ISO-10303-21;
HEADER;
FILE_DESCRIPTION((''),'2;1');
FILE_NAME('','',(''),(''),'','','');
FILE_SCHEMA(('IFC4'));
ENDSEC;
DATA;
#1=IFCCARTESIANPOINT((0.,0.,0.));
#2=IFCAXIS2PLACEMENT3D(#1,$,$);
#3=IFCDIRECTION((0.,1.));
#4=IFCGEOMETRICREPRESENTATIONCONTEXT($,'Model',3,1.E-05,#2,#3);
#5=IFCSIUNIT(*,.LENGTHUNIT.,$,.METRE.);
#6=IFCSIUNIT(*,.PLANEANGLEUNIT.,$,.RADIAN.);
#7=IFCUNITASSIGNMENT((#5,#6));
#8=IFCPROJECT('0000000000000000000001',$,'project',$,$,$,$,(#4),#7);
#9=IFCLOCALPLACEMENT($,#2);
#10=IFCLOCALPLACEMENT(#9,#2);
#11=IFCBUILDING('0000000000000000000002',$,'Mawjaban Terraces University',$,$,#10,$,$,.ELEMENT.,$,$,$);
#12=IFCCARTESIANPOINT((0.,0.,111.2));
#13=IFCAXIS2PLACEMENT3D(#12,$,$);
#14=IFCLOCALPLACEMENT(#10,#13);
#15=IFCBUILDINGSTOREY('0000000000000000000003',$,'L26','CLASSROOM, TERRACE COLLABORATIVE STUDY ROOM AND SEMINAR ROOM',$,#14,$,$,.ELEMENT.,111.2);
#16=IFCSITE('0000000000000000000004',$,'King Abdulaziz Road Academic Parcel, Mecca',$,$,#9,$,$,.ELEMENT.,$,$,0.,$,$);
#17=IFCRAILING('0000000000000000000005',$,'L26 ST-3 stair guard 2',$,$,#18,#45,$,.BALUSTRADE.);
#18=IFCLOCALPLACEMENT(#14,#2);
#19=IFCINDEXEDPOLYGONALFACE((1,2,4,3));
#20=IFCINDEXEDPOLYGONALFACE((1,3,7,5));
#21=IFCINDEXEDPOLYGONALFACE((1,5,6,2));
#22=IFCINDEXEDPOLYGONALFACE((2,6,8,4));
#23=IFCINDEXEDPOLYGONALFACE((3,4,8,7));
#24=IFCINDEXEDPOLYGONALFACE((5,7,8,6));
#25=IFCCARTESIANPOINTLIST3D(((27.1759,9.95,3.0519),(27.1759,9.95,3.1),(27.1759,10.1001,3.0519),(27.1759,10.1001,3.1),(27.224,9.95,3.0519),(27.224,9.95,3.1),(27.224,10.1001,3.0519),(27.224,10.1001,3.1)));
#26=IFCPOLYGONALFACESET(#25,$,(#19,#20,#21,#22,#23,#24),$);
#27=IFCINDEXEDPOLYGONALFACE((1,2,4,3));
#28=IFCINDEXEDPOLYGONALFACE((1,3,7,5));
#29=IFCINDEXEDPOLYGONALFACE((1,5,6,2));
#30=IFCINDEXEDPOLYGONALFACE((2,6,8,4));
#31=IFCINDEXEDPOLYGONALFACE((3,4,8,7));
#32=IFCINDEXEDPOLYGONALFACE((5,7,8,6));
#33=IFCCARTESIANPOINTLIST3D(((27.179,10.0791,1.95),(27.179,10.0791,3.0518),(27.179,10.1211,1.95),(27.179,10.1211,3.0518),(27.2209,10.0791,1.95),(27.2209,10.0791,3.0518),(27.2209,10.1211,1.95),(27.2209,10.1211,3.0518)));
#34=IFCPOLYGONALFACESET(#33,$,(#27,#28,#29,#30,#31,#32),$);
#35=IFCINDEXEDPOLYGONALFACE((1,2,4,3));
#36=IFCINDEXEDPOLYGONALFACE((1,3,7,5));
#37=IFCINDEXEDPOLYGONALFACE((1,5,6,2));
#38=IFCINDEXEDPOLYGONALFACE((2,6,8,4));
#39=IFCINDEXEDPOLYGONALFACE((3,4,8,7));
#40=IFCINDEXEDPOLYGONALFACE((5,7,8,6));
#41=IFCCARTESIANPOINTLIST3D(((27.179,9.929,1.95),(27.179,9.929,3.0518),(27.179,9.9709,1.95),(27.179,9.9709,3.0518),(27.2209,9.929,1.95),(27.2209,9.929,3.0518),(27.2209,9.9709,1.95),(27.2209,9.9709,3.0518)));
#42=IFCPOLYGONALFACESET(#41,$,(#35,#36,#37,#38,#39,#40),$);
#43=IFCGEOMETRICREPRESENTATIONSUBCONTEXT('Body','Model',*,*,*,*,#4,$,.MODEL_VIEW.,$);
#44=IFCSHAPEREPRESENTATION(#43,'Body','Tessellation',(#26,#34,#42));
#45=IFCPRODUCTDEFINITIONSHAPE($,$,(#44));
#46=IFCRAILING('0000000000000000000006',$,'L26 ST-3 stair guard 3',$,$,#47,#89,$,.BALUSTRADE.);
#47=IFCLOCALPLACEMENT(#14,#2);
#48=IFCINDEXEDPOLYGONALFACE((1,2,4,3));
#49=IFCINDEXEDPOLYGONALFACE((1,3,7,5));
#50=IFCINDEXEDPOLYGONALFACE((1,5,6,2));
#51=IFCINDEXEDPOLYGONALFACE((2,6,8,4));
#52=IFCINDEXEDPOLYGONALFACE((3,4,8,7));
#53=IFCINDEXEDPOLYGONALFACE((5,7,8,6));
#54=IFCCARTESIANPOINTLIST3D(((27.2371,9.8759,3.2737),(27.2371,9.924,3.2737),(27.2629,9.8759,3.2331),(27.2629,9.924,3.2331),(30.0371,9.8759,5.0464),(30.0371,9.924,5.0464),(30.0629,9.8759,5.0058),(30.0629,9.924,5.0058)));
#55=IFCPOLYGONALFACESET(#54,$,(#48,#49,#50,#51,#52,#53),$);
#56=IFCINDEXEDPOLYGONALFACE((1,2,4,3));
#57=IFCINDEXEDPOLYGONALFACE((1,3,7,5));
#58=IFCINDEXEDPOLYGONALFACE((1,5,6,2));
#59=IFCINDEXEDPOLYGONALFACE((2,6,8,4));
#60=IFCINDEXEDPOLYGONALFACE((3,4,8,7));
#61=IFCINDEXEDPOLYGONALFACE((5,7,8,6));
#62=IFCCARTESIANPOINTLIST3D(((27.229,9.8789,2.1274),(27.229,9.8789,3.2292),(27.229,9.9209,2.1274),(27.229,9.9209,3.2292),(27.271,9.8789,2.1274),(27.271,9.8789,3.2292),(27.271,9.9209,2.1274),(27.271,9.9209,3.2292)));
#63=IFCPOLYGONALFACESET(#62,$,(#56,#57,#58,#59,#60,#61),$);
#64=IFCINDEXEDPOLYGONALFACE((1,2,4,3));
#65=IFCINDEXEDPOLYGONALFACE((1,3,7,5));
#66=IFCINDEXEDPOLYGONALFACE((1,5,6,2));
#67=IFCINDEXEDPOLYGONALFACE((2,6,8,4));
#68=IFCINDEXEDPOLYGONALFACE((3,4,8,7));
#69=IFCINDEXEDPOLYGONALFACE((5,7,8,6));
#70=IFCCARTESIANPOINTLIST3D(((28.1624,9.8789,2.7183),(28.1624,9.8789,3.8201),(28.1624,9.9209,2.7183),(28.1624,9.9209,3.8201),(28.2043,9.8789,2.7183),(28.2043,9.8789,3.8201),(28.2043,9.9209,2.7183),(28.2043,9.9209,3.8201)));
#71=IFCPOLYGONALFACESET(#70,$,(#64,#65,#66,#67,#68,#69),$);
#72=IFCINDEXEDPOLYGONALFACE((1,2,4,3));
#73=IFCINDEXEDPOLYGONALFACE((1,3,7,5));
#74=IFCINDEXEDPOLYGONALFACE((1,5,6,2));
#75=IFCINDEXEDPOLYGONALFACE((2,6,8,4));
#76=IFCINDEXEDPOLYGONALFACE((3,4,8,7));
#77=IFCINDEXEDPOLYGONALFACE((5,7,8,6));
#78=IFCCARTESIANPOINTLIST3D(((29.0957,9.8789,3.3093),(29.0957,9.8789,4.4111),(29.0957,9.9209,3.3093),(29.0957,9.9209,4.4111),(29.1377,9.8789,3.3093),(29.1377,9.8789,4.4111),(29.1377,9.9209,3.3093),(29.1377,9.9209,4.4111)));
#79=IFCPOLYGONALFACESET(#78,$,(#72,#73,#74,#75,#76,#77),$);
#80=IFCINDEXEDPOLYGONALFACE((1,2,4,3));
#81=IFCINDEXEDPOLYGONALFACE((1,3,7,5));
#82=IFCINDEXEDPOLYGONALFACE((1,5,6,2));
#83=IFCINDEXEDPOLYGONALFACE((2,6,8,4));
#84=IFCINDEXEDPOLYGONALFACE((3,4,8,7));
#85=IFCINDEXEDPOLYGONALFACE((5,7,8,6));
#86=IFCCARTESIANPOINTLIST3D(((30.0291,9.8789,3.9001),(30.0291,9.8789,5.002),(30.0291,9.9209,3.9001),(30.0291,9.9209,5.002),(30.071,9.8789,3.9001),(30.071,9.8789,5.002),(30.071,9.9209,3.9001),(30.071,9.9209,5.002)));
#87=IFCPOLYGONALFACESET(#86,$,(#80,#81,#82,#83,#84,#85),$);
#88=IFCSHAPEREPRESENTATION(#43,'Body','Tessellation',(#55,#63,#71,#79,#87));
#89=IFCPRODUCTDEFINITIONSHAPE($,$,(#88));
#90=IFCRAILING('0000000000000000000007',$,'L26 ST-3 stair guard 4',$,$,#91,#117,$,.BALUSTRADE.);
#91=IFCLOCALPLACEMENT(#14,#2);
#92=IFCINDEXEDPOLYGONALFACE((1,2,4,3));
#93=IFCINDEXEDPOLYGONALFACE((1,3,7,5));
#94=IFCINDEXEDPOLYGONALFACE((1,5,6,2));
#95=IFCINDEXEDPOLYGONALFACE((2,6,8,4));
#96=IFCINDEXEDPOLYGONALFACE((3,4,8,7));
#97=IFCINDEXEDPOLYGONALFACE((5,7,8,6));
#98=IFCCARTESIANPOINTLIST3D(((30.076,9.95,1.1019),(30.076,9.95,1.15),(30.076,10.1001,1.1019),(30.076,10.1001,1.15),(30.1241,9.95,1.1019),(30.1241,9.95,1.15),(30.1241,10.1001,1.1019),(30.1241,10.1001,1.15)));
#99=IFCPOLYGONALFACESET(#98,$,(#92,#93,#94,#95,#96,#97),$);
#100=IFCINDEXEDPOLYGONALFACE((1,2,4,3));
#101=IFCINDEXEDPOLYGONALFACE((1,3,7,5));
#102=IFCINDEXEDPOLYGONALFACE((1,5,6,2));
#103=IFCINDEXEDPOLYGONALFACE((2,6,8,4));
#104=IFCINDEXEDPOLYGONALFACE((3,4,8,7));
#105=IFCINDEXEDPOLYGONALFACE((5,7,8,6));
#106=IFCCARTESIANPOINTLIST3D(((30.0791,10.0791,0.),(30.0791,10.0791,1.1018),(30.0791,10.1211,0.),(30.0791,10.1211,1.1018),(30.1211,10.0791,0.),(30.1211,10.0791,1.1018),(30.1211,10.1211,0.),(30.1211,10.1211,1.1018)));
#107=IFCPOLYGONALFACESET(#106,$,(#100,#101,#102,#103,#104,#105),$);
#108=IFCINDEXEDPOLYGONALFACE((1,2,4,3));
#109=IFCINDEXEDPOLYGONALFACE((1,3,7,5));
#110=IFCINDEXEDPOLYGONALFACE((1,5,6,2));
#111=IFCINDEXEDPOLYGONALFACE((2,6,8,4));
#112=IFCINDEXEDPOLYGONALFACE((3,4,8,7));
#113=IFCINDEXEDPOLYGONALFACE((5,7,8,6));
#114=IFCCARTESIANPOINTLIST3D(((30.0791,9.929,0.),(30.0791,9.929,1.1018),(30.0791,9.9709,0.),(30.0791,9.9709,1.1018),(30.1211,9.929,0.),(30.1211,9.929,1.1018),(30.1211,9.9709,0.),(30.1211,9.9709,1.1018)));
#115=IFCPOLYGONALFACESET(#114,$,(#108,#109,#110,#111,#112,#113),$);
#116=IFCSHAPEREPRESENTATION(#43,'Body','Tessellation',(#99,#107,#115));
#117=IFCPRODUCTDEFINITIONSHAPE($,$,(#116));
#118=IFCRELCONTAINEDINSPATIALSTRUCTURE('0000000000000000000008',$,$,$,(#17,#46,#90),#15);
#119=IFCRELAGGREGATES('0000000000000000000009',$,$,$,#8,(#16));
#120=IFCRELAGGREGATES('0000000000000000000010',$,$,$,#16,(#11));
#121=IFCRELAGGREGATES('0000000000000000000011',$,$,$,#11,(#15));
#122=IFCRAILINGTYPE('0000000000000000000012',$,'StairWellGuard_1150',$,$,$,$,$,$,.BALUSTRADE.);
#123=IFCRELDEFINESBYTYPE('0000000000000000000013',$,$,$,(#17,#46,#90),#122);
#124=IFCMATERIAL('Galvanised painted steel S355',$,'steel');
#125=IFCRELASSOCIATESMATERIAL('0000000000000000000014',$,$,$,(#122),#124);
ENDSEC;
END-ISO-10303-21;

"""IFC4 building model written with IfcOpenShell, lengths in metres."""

from ifc_helpers import new_model, si_unit, direction, frame, origin, origin_2d, place, context, subcontext, project, spatial, rectangle, extrude, material, type_object, element, save


model = new_model("IFC4")

# Units and contexts
model_context = context("Model", 3, precision=1e-05, world=origin(), true_north=direction((0.0, 1.0)))
body_context = subcontext(model_context, "Body", "Model", "MODEL_VIEW")
ifc_project = project(units=[si_unit("LENGTHUNIT", "METRE"), si_unit("PLANEANGLEUNIT", "RADIAN")], contexts=[model_context])

# Site, building, storey
site_placement = place(None, origin())
site = spatial("IfcSite", under=ifc_project, at=site_placement, Name="King Abdulaziz Road Academic Parcel, Mecca", CompositionType="ELEMENT", RefElevation=0.0)
building_placement = place(site_placement, origin())
building = spatial("IfcBuilding", under=site, at=building_placement, Name="Mawjaban Terraces University", CompositionType="ELEMENT")
storey_placement = place(building_placement, frame((0.0, 0.0, 111.2)))
storey = spatial("IfcBuildingStorey", under=building, at=storey_placement, Name="L26", Description="CLASSROOM, TERRACE COLLABORATIVE STUDY ROOM AND SEMINAR ROOM", CompositionType="ELEMENT", Elevation=111.2)

# Railings
ifc_material_1 = material(Name="Galvanised painted steel S355", Category="steel")
railing_type_1 = type_object("IfcRailingType", Name="StairWellGuard_1150", PredefinedType="BALUSTRADE", material=ifc_material_1)
railing_1_placement = place(storey_placement, frame((27.2, 10.1001, 1.95)))
element("IfcRailing", 1, at=railing_1_placement, inside=storey, type_object=railing_type_1, Name="L26 ST-3 stair guard 2", PredefinedType="BALUSTRADE", context=body_context, shape_type="SweptSolid", body=[
    extrude(rectangle(XDim=0.0481, YDim=0.0481, at=origin_2d()), frame((0.0, 0.0, 1.126), z_axis=(0.0, -1.0, 0.0), x_axis=(1.0, 0.0, 0.0)), (0.0, 0.0, 1.0), 0.1501),
    extrude(rectangle(XDim=0.042, YDim=0.042, at=origin_2d()), origin(), (0.0, 0.0, 1.0), 1.1018),
    extrude(rectangle(XDim=0.042, YDim=0.042, at=origin_2d()), frame((0.0, -0.1501, 0.0)), (0.0, 0.0, 1.0), 1.1018),
])
railing_2_placement = place(storey_placement, frame((27.25, 9.8999, 2.1274)))
element("IfcRailing", 2, at=railing_2_placement, inside=storey, type_object=railing_type_1, Name="L26 ST-3 stair guard 3", PredefinedType="BALUSTRADE", context=body_context, shape_type="SweptSolid", body=[
    extrude(rectangle(XDim=0.0481, YDim=0.0481, at=origin_2d()), frame((0.0, 0.0, 1.126), z_axis=(0.844909, 0.0, 0.53491), x_axis=(0.0, 1.0, 0.0)), (0.0, 0.0, 1.0), 3.314),
    extrude(rectangle(XDim=0.042, YDim=0.042, at=origin_2d()), origin(), (0.0, 0.0, 1.0), 1.1018),
    extrude(rectangle(XDim=0.042, YDim=0.042, at=origin_2d()), frame((0.9333, 0.0, 0.5908)), (0.0, 0.0, 1.0), 1.1018),
    extrude(rectangle(XDim=0.042, YDim=0.042, at=origin_2d()), frame((1.8667, 0.0, 1.1819)), (0.0, 0.0, 1.0), 1.1018),
    extrude(rectangle(XDim=0.042, YDim=0.042, at=origin_2d()), frame((2.8, 0.0, 1.7727)), (0.0, 0.0, 1.0), 1.1018),
])
railing_3_placement = place(storey_placement, frame((30.1001, 10.1001, 0.0)))
element("IfcRailing", 3, at=railing_3_placement, inside=storey, type_object=railing_type_1, Name="L26 ST-3 stair guard 4", PredefinedType="BALUSTRADE", context=body_context, shape_type="SweptSolid", body=[
    extrude(rectangle(XDim=0.0481, YDim=0.0481, at=origin_2d()), frame((0.0, 0.0, 1.126), z_axis=(0.0, -1.0, 0.0), x_axis=(1.0, 0.0, 0.0)), (0.0, 0.0, 1.0), 0.1501),
    extrude(rectangle(XDim=0.042, YDim=0.042, at=origin_2d()), origin(), (0.0, 0.0, 1.0), 1.1018),
    extrude(rectangle(XDim=0.042, YDim=0.042, at=origin_2d()), frame((0.0, -0.1501, 0.0)), (0.0, 0.0, 1.0), 1.1018),
])

save(model, "model.ifc")
